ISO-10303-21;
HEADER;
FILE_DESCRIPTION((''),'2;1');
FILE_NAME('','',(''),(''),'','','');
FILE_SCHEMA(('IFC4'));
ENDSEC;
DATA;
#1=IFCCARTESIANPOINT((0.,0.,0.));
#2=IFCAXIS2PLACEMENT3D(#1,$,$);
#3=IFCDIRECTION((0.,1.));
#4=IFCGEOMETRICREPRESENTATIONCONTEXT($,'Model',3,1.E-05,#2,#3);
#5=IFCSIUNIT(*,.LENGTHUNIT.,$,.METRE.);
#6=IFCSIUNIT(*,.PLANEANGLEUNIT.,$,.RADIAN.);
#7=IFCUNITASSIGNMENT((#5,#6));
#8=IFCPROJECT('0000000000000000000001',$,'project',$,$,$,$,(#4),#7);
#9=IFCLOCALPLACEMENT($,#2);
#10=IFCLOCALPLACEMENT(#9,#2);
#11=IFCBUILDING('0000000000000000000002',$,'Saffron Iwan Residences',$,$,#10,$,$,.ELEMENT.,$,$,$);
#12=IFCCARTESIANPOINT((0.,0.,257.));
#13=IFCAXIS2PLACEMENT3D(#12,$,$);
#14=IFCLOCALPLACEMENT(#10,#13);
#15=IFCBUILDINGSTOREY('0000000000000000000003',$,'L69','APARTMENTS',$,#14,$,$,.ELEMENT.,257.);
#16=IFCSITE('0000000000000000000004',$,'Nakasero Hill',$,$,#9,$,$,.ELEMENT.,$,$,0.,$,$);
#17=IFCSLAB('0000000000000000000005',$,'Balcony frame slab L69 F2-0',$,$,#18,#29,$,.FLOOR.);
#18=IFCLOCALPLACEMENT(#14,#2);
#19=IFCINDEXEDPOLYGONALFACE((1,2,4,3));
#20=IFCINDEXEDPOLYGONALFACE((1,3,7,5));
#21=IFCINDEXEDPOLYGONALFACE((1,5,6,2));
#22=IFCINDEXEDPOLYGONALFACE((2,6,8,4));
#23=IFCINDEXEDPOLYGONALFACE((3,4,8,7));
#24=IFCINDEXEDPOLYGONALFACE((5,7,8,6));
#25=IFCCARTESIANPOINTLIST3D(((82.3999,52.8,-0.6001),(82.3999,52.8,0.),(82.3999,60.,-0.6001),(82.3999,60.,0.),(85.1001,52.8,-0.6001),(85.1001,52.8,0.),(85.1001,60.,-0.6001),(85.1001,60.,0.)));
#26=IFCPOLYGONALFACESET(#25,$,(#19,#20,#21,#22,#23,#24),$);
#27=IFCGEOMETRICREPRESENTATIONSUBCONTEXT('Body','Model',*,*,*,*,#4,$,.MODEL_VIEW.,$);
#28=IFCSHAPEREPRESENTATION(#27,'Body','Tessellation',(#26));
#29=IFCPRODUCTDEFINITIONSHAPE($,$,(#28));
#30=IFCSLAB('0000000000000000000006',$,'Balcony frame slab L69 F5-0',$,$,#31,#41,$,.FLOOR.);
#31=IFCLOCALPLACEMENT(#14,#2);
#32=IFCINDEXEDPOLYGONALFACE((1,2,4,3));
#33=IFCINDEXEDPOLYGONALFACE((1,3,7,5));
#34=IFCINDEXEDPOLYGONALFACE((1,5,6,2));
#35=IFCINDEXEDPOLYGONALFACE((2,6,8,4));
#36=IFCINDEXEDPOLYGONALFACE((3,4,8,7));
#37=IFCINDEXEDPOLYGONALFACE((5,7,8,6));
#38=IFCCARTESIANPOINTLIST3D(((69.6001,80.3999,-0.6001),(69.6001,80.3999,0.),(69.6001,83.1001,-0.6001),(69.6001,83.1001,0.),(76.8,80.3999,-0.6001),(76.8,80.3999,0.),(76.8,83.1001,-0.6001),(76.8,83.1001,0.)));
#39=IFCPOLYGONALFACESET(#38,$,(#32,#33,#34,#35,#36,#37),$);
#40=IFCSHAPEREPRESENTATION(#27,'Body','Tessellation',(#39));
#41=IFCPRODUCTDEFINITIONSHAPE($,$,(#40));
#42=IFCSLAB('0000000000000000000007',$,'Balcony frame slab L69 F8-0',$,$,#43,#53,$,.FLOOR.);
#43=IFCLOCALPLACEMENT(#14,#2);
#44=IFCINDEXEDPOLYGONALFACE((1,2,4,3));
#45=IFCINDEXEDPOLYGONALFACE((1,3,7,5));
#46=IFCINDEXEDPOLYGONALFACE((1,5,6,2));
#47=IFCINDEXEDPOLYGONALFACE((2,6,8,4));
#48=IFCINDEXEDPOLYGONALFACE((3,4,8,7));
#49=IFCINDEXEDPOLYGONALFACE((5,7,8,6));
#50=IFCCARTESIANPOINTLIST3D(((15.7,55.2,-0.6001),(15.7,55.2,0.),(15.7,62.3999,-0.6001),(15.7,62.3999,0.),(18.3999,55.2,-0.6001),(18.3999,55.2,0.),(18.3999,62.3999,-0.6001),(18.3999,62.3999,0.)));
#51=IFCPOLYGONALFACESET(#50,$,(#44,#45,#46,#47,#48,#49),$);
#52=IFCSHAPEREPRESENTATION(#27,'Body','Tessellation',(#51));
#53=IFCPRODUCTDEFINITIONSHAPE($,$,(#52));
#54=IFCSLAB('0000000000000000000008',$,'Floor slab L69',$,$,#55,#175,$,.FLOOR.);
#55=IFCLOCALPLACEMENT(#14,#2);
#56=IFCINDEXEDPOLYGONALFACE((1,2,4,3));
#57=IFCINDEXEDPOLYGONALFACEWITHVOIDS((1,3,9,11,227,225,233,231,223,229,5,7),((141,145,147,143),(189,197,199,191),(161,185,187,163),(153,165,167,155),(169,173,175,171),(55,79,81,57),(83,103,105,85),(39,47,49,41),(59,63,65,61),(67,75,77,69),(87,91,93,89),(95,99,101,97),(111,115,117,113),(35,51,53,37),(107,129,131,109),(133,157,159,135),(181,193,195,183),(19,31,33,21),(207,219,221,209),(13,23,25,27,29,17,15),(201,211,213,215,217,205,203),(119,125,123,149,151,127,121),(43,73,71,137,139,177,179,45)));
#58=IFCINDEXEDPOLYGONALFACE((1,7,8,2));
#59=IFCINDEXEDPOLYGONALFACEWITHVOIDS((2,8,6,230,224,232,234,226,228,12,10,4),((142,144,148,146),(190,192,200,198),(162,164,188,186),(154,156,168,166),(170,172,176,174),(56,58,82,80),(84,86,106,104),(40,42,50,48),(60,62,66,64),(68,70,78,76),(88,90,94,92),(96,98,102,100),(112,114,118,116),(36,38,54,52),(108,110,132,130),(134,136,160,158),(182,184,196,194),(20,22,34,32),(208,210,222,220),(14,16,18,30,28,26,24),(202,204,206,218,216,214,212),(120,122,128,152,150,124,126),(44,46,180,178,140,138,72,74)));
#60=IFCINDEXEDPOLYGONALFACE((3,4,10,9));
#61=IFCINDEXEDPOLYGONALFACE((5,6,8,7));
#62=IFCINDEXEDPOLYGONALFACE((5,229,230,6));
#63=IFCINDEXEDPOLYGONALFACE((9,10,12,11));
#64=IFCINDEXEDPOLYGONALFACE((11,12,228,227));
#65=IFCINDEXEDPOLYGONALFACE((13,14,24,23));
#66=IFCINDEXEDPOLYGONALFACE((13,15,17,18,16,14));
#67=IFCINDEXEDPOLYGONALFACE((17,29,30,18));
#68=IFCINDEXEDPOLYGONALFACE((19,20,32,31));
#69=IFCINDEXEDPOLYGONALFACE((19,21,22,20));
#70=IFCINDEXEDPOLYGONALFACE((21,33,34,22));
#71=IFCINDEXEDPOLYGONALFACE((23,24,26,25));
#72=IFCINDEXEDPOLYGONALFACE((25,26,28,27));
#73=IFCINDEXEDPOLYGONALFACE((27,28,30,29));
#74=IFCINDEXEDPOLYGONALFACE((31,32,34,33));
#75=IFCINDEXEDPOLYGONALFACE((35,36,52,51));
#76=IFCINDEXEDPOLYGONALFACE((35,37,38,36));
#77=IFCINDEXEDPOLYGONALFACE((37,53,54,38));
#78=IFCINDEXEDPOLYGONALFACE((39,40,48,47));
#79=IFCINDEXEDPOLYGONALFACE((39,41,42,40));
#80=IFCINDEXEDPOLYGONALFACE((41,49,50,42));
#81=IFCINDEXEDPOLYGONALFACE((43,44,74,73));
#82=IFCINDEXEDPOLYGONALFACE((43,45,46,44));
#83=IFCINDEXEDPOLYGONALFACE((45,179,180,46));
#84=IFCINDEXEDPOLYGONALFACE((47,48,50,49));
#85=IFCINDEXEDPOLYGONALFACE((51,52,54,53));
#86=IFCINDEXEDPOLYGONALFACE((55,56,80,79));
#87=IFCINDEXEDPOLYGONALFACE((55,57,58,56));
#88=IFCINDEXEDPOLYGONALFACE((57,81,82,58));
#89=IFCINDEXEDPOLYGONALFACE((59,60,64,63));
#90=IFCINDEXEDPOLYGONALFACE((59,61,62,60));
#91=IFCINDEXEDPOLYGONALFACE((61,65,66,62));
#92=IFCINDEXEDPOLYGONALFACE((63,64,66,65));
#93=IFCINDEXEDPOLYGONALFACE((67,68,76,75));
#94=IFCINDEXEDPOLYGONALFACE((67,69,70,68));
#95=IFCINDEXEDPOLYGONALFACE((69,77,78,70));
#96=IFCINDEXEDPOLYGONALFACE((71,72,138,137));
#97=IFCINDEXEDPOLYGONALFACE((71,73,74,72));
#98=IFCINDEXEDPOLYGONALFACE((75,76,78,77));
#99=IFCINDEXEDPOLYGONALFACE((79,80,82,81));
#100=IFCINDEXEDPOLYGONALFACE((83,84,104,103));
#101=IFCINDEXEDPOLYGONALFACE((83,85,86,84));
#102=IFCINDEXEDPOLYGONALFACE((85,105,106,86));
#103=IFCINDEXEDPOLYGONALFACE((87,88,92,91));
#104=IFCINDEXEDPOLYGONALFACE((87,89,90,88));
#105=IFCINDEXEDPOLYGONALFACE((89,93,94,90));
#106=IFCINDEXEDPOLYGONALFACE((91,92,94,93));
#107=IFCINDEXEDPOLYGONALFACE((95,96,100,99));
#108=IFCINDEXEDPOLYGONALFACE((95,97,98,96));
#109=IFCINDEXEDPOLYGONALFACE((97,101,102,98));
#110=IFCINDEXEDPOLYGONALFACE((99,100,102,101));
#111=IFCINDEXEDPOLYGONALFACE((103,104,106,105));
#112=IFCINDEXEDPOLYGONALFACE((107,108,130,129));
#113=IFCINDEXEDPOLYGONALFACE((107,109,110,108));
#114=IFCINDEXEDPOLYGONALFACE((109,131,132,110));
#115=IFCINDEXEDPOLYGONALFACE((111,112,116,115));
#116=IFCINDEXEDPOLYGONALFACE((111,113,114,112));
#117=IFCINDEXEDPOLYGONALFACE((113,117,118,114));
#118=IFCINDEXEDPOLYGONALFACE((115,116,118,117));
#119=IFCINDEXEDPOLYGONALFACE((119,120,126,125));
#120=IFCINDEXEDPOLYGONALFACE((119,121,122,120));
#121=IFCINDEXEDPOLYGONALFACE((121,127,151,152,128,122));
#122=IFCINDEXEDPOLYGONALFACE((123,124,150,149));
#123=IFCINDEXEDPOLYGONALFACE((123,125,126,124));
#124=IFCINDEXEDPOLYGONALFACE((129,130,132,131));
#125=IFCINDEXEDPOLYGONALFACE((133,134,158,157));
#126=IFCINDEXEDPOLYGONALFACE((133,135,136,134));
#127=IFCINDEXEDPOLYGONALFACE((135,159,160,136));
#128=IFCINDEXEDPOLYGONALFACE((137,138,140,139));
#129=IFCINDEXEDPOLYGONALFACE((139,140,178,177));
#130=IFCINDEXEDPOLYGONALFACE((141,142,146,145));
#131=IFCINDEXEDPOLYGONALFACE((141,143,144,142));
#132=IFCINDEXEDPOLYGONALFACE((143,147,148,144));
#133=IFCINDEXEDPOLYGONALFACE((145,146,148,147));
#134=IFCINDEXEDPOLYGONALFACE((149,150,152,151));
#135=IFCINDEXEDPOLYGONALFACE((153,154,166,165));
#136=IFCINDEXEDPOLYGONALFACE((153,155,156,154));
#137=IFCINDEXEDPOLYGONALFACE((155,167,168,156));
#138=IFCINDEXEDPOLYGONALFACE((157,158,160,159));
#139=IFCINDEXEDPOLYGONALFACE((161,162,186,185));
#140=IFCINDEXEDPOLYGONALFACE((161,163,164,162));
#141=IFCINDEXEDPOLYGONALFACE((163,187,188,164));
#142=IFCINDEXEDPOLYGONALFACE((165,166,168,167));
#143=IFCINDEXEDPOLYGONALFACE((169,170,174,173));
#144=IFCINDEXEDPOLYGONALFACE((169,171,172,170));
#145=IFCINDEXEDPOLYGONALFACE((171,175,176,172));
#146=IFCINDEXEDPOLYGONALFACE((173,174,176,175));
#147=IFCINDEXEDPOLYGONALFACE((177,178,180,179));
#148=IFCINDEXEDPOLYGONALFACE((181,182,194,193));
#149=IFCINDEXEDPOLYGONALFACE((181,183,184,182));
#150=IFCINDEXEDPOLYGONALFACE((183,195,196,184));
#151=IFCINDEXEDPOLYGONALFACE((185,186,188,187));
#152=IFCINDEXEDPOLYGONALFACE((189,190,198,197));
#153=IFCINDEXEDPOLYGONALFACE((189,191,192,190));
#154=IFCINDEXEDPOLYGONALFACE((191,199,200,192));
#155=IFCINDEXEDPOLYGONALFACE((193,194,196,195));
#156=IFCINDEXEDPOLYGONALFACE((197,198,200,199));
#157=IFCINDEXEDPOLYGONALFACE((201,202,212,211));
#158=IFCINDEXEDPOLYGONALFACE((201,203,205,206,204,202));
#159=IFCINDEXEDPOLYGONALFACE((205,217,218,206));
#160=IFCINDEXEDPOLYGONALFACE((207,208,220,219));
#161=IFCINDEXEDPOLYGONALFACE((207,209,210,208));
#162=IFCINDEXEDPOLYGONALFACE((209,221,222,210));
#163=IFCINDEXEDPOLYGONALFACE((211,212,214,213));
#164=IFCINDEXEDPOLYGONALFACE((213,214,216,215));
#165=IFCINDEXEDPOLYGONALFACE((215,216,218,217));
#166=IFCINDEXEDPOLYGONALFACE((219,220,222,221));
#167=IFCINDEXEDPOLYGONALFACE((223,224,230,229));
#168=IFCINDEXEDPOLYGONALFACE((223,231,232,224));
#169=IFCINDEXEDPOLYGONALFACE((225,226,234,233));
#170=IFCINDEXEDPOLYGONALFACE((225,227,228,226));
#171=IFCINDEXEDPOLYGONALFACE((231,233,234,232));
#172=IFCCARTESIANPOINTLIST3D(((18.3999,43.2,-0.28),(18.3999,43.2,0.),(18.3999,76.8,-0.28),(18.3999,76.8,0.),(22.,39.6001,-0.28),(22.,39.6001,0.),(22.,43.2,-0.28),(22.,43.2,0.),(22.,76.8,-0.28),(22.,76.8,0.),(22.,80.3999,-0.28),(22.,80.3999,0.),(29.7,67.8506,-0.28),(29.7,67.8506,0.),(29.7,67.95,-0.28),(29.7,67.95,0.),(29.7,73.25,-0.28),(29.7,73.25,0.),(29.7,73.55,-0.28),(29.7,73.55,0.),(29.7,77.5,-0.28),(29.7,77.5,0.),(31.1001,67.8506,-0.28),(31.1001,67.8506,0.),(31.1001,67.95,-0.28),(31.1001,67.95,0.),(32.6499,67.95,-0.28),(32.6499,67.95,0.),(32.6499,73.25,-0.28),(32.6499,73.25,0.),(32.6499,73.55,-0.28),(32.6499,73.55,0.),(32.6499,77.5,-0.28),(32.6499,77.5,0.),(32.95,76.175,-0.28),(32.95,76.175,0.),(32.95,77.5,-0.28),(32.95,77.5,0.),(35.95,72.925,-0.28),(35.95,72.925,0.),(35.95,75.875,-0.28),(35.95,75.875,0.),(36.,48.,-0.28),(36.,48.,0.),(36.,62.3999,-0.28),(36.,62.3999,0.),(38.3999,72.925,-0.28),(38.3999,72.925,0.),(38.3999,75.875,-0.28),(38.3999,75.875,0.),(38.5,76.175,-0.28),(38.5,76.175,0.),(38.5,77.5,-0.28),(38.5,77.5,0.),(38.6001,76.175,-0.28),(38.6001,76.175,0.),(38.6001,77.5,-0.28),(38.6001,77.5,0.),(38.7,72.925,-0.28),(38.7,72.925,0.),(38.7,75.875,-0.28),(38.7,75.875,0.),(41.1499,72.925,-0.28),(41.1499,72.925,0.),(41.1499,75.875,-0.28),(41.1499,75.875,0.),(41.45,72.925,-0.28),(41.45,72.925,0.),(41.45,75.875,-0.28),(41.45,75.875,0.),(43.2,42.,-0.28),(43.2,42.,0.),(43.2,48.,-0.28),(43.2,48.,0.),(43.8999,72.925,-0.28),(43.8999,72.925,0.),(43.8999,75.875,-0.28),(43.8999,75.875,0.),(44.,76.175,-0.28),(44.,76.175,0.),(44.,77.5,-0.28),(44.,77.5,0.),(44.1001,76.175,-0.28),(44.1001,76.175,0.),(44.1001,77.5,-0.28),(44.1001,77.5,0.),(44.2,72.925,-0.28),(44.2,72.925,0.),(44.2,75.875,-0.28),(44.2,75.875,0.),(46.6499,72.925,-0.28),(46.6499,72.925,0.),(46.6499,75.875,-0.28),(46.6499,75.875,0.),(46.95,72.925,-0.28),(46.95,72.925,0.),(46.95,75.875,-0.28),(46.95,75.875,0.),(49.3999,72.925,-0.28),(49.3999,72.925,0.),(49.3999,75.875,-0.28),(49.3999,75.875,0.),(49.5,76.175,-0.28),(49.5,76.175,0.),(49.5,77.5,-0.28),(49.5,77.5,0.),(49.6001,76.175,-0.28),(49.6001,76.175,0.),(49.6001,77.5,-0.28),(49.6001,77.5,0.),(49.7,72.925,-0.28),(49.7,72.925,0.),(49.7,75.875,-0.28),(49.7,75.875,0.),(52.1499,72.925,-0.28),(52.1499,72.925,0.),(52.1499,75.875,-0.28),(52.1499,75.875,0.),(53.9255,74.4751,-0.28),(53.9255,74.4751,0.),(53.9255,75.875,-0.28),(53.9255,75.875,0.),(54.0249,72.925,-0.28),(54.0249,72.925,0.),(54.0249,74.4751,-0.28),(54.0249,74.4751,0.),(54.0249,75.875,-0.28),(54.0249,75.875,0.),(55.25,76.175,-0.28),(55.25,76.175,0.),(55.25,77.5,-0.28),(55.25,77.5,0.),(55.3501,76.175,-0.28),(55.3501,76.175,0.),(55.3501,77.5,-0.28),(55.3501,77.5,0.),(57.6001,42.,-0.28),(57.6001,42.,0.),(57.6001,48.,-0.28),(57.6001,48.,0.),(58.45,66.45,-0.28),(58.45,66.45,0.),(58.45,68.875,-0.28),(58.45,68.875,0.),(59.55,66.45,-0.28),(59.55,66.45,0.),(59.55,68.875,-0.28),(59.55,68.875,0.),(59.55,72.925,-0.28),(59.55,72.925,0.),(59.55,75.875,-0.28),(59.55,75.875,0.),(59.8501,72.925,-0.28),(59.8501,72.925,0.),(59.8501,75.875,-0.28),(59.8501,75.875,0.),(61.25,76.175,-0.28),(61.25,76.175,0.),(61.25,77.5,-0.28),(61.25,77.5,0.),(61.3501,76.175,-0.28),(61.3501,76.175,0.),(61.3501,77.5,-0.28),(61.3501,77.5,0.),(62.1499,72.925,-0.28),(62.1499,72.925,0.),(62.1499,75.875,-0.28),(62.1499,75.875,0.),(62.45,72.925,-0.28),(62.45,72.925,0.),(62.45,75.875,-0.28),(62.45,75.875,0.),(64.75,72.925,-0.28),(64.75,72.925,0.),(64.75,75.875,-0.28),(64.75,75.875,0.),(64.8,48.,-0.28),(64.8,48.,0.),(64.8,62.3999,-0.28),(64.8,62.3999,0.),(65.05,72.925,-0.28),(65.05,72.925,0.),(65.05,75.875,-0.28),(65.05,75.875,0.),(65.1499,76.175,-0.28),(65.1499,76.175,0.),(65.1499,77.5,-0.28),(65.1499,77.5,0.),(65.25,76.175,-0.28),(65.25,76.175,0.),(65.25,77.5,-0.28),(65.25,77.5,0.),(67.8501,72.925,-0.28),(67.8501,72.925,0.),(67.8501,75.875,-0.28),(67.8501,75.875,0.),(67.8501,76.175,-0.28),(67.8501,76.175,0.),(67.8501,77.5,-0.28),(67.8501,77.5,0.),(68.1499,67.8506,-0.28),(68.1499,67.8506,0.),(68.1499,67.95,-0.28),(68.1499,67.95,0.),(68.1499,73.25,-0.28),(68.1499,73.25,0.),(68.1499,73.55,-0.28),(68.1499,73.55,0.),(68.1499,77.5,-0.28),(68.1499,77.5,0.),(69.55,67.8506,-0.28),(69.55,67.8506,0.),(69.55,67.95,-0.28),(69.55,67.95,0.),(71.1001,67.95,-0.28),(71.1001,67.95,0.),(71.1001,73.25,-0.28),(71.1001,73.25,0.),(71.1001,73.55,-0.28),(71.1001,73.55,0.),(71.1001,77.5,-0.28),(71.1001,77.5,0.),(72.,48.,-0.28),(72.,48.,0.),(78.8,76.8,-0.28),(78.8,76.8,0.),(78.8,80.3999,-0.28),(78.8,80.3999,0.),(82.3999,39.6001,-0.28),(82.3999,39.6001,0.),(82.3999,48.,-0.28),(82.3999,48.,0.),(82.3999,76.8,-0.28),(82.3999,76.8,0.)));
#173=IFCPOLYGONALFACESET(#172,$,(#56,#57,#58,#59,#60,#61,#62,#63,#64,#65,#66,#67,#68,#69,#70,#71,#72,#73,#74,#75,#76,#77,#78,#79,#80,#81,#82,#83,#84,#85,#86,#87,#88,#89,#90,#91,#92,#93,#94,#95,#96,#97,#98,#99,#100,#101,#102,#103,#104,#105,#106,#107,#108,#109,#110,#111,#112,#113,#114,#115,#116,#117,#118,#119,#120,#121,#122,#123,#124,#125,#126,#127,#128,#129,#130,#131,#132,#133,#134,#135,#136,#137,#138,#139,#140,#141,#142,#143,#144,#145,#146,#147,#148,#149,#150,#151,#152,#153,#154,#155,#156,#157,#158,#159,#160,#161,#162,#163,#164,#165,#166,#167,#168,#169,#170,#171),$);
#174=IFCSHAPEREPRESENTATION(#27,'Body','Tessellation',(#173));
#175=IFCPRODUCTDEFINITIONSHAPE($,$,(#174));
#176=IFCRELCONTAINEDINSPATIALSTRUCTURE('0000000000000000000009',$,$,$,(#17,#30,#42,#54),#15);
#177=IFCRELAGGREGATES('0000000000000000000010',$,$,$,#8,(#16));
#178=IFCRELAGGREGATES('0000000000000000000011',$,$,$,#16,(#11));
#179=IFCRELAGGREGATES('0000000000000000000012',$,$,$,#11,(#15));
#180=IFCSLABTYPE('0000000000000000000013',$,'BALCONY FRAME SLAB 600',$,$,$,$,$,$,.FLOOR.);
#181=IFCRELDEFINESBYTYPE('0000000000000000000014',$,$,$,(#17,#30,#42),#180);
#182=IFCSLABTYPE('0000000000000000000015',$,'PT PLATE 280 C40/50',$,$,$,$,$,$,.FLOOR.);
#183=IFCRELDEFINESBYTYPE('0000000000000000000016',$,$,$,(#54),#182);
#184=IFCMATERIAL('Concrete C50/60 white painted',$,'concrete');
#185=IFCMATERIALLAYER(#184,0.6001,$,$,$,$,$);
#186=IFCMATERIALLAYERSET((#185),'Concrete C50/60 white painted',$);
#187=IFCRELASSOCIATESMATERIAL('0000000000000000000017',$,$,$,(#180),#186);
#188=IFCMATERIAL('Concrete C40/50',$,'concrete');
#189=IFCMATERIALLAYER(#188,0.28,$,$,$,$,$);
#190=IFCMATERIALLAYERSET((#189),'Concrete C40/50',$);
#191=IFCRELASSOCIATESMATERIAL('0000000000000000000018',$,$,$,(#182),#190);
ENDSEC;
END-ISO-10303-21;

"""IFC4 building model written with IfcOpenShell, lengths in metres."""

from ifc_helpers import new_model, si_unit, direction, frame, origin, place, context, subcontext, project, spatial, polyline, outline, extrude, material, layer, layer_set, type_object, element, save


model = new_model("IFC4")

# Units and contexts
model_context = context("Model", 3, precision=1e-05, world=origin(), true_north=direction((0.0, 1.0)))
body_context = subcontext(model_context, "Body", "Model", "MODEL_VIEW")
ifc_project = project(units=[si_unit("LENGTHUNIT", "METRE"), si_unit("PLANEANGLEUNIT", "RADIAN")], contexts=[model_context])

# Site, building, storey
site_placement = place(None, origin())
site = spatial("IfcSite", under=ifc_project, at=site_placement, Name="Nakasero Hill", CompositionType="ELEMENT", RefElevation=0.0)
building_placement = place(site_placement, origin())
building = spatial("IfcBuilding", under=site, at=building_placement, Name="Saffron Iwan Residences", CompositionType="ELEMENT")
storey_placement = place(building_placement, frame((0.0, 0.0, 257.0)))
storey = spatial("IfcBuildingStorey", under=building, at=storey_placement, Name="L69", Description="APARTMENTS", CompositionType="ELEMENT", Elevation=257.0)

# Slabs
ifc_material_1 = material(Name="Concrete C50/60 white painted", Category="concrete")
ifc_layer_1 = layer(ifc_material_1, 0.6001)
ifc_layer_set_1 = layer_set([ifc_layer_1], Name="Concrete C50/60 white painted")
slab_type_1 = type_object("IfcSlabType", Name="BALCONY FRAME SLAB 600", PredefinedType="FLOOR", material=ifc_layer_set_1)
slab_1_placement = place(storey_placement, frame((0.0, 0.0, -0.6001)))
element("IfcSlab", 1, at=slab_1_placement, inside=storey, type_object=slab_type_1, Name="Balcony frame slab L69 F2-0", PredefinedType="FLOOR", context=body_context, shape_type="SweptSolid", body=[
    extrude(outline(polyline([(85.1001, 52.8), (85.1001, 60.0), (82.3999, 60.0), (82.3999, 52.8), (85.1001, 52.8)])), origin(), (0.0, 0.0, 1.0), 0.6001),
])
slab_2_placement = place(storey_placement, frame((0.0, 0.0, -0.6001)))
element("IfcSlab", 2, at=slab_2_placement, inside=storey, type_object=slab_type_1, Name="Balcony frame slab L69 F5-0", PredefinedType="FLOOR", context=body_context, shape_type="SweptSolid", body=[
    extrude(outline(polyline([(76.8, 83.1001), (69.6001, 83.1001), (69.6001, 80.3999), (76.8, 80.3999), (76.8, 83.1001)])), origin(), (0.0, 0.0, 1.0), 0.6001),
])
slab_3_placement = place(storey_placement, frame((0.0, 0.0, -0.6001)))
element("IfcSlab", 3, at=slab_3_placement, inside=storey, type_object=slab_type_1, Name="Balcony frame slab L69 F8-0", PredefinedType="FLOOR", context=body_context, shape_type="SweptSolid", body=[
    extrude(outline(polyline([(15.7, 62.3999), (15.7, 55.2), (18.3999, 55.2), (18.3999, 62.3999), (15.7, 62.3999)])), origin(), (0.0, 0.0, 1.0), 0.6001),
])
ifc_material_2 = material(Name="Concrete C40/50", Category="concrete")
ifc_layer_2 = layer(ifc_material_2, 0.28)
ifc_layer_set_2 = layer_set([ifc_layer_2], Name="Concrete C40/50")
slab_type_2 = type_object("IfcSlabType", Name="PT PLATE 280 C40/50", PredefinedType="FLOOR", material=ifc_layer_set_2)
slab_4_placement = place(storey_placement, frame((0.0, 0.0, -0.28)))
element("IfcSlab", 4, at=slab_4_placement, inside=storey, type_object=slab_type_2, Name="Floor slab L69", PredefinedType="FLOOR", context=body_context, shape_type="SweptSolid", body=[
    extrude(outline(polyline([(18.3999, 43.2), (18.3999, 76.8), (22.0, 76.8), (22.0, 80.3999), (78.8, 80.3999), (78.8, 76.8), (82.3999, 76.8), (82.3999, 48.0), (72.0, 48.0), (82.3999, 39.6001), (22.0, 39.6001), (22.0, 43.2), (18.3999, 43.2)]), holes=[polyline([(64.8, 48.0), (64.8, 62.3999), (36.0, 62.3999), (36.0, 48.0), (43.2, 48.0), (43.2, 42.0), (57.6001, 42.0), (57.6001, 48.0), (64.8, 48.0)]), polyline([(29.7, 73.25), (29.7, 67.95), (29.7, 67.8506), (31.1001, 67.8506), (31.1001, 67.95), (32.6499, 67.95), (32.6499, 73.25), (29.7, 73.25)]), polyline([(38.3999, 75.875), (35.95, 75.875), (35.95, 72.925), (38.3999, 72.925), (38.3999, 75.875)]), polyline([(41.1499, 75.875), (38.7, 75.875), (38.7, 72.925), (41.1499, 72.925), (41.1499, 75.875)]), polyline([(43.8999, 72.925), (43.8999, 75.875), (41.45, 75.875), (41.45, 72.925), (43.8999, 72.925)]), polyline([(46.6499, 72.925), (46.6499, 75.875), (44.2, 75.875), (44.2, 72.925), (46.6499, 72.925)]), polyline([(49.3999, 75.875), (46.95, 75.875), (46.95, 72.925), (49.3999, 72.925), (49.3999, 75.875)]), polyline([(52.1499, 72.925), (52.1499, 75.875), (49.7, 75.875), (49.7, 72.925), (52.1499, 72.925)]), polyline([(32.6499, 73.55), (32.6499, 77.5), (29.7, 77.5), (29.7, 73.55), (32.6499, 73.55)]), polyline([(38.5, 77.5), (32.95, 77.5), (32.95, 76.175), (38.5, 76.175), (38.5, 77.5)]), polyline([(44.0, 76.175), (44.0, 77.5), (38.6001, 77.5), (38.6001, 76.175), (44.0, 76.175)]), polyline([(49.5, 76.175), (49.5, 77.5), (44.1001, 77.5), (44.1001, 76.175), (49.5, 76.175)]), polyline([(59.55, 68.875), (58.45, 68.875), (58.45, 66.45), (59.55, 66.45), (59.55, 68.875)]), polyline([(68.1499, 73.25), (68.1499, 67.95), (68.1499, 67.8506), (69.55, 67.8506), (69.55, 67.95), (71.1001, 67.95), (71.1001, 73.25), (68.1499, 73.25)]), polyline([(54.0249, 74.4751), (54.0249, 72.925), (59.55, 72.925), (59.55, 75.875), (54.0249, 75.875), (53.9255, 75.875), (53.9255, 74.4751), (54.0249, 74.4751)]), polyline([(62.1499, 72.925), (62.1499, 75.875), (59.8501, 75.875), (59.8501, 72.925), (62.1499, 72.925)]), polyline([(64.75, 72.925), (64.75, 75.875), (62.45, 75.875), (62.45, 72.925), (64.75, 72.925)]), polyline([(67.8501, 75.875), (65.05, 75.875), (65.05, 72.925), (67.8501, 72.925), (67.8501, 75.875)]), polyline([(71.1001, 73.55), (71.1001, 77.5), (68.1499, 77.5), (68.1499, 73.55), (71.1001, 73.55)]), polyline([(55.25, 76.175), (55.25, 77.5), (49.6001, 77.5), (49.6001, 76.175), (55.25, 76.175)]), polyline([(61.25, 77.5), (55.3501, 77.5), (55.3501, 76.175), (61.25, 76.175), (61.25, 77.5)]), polyline([(65.1499, 76.175), (65.1499, 77.5), (61.3501, 77.5), (61.3501, 76.175), (65.1499, 76.175)]), polyline([(67.8501, 76.175), (67.8501, 77.5), (65.25, 77.5), (65.25, 76.175), (67.8501, 76.175)])]), origin(), (0.0, 0.0, 1.0), 0.28),
])

save(model, "model.ifc")
